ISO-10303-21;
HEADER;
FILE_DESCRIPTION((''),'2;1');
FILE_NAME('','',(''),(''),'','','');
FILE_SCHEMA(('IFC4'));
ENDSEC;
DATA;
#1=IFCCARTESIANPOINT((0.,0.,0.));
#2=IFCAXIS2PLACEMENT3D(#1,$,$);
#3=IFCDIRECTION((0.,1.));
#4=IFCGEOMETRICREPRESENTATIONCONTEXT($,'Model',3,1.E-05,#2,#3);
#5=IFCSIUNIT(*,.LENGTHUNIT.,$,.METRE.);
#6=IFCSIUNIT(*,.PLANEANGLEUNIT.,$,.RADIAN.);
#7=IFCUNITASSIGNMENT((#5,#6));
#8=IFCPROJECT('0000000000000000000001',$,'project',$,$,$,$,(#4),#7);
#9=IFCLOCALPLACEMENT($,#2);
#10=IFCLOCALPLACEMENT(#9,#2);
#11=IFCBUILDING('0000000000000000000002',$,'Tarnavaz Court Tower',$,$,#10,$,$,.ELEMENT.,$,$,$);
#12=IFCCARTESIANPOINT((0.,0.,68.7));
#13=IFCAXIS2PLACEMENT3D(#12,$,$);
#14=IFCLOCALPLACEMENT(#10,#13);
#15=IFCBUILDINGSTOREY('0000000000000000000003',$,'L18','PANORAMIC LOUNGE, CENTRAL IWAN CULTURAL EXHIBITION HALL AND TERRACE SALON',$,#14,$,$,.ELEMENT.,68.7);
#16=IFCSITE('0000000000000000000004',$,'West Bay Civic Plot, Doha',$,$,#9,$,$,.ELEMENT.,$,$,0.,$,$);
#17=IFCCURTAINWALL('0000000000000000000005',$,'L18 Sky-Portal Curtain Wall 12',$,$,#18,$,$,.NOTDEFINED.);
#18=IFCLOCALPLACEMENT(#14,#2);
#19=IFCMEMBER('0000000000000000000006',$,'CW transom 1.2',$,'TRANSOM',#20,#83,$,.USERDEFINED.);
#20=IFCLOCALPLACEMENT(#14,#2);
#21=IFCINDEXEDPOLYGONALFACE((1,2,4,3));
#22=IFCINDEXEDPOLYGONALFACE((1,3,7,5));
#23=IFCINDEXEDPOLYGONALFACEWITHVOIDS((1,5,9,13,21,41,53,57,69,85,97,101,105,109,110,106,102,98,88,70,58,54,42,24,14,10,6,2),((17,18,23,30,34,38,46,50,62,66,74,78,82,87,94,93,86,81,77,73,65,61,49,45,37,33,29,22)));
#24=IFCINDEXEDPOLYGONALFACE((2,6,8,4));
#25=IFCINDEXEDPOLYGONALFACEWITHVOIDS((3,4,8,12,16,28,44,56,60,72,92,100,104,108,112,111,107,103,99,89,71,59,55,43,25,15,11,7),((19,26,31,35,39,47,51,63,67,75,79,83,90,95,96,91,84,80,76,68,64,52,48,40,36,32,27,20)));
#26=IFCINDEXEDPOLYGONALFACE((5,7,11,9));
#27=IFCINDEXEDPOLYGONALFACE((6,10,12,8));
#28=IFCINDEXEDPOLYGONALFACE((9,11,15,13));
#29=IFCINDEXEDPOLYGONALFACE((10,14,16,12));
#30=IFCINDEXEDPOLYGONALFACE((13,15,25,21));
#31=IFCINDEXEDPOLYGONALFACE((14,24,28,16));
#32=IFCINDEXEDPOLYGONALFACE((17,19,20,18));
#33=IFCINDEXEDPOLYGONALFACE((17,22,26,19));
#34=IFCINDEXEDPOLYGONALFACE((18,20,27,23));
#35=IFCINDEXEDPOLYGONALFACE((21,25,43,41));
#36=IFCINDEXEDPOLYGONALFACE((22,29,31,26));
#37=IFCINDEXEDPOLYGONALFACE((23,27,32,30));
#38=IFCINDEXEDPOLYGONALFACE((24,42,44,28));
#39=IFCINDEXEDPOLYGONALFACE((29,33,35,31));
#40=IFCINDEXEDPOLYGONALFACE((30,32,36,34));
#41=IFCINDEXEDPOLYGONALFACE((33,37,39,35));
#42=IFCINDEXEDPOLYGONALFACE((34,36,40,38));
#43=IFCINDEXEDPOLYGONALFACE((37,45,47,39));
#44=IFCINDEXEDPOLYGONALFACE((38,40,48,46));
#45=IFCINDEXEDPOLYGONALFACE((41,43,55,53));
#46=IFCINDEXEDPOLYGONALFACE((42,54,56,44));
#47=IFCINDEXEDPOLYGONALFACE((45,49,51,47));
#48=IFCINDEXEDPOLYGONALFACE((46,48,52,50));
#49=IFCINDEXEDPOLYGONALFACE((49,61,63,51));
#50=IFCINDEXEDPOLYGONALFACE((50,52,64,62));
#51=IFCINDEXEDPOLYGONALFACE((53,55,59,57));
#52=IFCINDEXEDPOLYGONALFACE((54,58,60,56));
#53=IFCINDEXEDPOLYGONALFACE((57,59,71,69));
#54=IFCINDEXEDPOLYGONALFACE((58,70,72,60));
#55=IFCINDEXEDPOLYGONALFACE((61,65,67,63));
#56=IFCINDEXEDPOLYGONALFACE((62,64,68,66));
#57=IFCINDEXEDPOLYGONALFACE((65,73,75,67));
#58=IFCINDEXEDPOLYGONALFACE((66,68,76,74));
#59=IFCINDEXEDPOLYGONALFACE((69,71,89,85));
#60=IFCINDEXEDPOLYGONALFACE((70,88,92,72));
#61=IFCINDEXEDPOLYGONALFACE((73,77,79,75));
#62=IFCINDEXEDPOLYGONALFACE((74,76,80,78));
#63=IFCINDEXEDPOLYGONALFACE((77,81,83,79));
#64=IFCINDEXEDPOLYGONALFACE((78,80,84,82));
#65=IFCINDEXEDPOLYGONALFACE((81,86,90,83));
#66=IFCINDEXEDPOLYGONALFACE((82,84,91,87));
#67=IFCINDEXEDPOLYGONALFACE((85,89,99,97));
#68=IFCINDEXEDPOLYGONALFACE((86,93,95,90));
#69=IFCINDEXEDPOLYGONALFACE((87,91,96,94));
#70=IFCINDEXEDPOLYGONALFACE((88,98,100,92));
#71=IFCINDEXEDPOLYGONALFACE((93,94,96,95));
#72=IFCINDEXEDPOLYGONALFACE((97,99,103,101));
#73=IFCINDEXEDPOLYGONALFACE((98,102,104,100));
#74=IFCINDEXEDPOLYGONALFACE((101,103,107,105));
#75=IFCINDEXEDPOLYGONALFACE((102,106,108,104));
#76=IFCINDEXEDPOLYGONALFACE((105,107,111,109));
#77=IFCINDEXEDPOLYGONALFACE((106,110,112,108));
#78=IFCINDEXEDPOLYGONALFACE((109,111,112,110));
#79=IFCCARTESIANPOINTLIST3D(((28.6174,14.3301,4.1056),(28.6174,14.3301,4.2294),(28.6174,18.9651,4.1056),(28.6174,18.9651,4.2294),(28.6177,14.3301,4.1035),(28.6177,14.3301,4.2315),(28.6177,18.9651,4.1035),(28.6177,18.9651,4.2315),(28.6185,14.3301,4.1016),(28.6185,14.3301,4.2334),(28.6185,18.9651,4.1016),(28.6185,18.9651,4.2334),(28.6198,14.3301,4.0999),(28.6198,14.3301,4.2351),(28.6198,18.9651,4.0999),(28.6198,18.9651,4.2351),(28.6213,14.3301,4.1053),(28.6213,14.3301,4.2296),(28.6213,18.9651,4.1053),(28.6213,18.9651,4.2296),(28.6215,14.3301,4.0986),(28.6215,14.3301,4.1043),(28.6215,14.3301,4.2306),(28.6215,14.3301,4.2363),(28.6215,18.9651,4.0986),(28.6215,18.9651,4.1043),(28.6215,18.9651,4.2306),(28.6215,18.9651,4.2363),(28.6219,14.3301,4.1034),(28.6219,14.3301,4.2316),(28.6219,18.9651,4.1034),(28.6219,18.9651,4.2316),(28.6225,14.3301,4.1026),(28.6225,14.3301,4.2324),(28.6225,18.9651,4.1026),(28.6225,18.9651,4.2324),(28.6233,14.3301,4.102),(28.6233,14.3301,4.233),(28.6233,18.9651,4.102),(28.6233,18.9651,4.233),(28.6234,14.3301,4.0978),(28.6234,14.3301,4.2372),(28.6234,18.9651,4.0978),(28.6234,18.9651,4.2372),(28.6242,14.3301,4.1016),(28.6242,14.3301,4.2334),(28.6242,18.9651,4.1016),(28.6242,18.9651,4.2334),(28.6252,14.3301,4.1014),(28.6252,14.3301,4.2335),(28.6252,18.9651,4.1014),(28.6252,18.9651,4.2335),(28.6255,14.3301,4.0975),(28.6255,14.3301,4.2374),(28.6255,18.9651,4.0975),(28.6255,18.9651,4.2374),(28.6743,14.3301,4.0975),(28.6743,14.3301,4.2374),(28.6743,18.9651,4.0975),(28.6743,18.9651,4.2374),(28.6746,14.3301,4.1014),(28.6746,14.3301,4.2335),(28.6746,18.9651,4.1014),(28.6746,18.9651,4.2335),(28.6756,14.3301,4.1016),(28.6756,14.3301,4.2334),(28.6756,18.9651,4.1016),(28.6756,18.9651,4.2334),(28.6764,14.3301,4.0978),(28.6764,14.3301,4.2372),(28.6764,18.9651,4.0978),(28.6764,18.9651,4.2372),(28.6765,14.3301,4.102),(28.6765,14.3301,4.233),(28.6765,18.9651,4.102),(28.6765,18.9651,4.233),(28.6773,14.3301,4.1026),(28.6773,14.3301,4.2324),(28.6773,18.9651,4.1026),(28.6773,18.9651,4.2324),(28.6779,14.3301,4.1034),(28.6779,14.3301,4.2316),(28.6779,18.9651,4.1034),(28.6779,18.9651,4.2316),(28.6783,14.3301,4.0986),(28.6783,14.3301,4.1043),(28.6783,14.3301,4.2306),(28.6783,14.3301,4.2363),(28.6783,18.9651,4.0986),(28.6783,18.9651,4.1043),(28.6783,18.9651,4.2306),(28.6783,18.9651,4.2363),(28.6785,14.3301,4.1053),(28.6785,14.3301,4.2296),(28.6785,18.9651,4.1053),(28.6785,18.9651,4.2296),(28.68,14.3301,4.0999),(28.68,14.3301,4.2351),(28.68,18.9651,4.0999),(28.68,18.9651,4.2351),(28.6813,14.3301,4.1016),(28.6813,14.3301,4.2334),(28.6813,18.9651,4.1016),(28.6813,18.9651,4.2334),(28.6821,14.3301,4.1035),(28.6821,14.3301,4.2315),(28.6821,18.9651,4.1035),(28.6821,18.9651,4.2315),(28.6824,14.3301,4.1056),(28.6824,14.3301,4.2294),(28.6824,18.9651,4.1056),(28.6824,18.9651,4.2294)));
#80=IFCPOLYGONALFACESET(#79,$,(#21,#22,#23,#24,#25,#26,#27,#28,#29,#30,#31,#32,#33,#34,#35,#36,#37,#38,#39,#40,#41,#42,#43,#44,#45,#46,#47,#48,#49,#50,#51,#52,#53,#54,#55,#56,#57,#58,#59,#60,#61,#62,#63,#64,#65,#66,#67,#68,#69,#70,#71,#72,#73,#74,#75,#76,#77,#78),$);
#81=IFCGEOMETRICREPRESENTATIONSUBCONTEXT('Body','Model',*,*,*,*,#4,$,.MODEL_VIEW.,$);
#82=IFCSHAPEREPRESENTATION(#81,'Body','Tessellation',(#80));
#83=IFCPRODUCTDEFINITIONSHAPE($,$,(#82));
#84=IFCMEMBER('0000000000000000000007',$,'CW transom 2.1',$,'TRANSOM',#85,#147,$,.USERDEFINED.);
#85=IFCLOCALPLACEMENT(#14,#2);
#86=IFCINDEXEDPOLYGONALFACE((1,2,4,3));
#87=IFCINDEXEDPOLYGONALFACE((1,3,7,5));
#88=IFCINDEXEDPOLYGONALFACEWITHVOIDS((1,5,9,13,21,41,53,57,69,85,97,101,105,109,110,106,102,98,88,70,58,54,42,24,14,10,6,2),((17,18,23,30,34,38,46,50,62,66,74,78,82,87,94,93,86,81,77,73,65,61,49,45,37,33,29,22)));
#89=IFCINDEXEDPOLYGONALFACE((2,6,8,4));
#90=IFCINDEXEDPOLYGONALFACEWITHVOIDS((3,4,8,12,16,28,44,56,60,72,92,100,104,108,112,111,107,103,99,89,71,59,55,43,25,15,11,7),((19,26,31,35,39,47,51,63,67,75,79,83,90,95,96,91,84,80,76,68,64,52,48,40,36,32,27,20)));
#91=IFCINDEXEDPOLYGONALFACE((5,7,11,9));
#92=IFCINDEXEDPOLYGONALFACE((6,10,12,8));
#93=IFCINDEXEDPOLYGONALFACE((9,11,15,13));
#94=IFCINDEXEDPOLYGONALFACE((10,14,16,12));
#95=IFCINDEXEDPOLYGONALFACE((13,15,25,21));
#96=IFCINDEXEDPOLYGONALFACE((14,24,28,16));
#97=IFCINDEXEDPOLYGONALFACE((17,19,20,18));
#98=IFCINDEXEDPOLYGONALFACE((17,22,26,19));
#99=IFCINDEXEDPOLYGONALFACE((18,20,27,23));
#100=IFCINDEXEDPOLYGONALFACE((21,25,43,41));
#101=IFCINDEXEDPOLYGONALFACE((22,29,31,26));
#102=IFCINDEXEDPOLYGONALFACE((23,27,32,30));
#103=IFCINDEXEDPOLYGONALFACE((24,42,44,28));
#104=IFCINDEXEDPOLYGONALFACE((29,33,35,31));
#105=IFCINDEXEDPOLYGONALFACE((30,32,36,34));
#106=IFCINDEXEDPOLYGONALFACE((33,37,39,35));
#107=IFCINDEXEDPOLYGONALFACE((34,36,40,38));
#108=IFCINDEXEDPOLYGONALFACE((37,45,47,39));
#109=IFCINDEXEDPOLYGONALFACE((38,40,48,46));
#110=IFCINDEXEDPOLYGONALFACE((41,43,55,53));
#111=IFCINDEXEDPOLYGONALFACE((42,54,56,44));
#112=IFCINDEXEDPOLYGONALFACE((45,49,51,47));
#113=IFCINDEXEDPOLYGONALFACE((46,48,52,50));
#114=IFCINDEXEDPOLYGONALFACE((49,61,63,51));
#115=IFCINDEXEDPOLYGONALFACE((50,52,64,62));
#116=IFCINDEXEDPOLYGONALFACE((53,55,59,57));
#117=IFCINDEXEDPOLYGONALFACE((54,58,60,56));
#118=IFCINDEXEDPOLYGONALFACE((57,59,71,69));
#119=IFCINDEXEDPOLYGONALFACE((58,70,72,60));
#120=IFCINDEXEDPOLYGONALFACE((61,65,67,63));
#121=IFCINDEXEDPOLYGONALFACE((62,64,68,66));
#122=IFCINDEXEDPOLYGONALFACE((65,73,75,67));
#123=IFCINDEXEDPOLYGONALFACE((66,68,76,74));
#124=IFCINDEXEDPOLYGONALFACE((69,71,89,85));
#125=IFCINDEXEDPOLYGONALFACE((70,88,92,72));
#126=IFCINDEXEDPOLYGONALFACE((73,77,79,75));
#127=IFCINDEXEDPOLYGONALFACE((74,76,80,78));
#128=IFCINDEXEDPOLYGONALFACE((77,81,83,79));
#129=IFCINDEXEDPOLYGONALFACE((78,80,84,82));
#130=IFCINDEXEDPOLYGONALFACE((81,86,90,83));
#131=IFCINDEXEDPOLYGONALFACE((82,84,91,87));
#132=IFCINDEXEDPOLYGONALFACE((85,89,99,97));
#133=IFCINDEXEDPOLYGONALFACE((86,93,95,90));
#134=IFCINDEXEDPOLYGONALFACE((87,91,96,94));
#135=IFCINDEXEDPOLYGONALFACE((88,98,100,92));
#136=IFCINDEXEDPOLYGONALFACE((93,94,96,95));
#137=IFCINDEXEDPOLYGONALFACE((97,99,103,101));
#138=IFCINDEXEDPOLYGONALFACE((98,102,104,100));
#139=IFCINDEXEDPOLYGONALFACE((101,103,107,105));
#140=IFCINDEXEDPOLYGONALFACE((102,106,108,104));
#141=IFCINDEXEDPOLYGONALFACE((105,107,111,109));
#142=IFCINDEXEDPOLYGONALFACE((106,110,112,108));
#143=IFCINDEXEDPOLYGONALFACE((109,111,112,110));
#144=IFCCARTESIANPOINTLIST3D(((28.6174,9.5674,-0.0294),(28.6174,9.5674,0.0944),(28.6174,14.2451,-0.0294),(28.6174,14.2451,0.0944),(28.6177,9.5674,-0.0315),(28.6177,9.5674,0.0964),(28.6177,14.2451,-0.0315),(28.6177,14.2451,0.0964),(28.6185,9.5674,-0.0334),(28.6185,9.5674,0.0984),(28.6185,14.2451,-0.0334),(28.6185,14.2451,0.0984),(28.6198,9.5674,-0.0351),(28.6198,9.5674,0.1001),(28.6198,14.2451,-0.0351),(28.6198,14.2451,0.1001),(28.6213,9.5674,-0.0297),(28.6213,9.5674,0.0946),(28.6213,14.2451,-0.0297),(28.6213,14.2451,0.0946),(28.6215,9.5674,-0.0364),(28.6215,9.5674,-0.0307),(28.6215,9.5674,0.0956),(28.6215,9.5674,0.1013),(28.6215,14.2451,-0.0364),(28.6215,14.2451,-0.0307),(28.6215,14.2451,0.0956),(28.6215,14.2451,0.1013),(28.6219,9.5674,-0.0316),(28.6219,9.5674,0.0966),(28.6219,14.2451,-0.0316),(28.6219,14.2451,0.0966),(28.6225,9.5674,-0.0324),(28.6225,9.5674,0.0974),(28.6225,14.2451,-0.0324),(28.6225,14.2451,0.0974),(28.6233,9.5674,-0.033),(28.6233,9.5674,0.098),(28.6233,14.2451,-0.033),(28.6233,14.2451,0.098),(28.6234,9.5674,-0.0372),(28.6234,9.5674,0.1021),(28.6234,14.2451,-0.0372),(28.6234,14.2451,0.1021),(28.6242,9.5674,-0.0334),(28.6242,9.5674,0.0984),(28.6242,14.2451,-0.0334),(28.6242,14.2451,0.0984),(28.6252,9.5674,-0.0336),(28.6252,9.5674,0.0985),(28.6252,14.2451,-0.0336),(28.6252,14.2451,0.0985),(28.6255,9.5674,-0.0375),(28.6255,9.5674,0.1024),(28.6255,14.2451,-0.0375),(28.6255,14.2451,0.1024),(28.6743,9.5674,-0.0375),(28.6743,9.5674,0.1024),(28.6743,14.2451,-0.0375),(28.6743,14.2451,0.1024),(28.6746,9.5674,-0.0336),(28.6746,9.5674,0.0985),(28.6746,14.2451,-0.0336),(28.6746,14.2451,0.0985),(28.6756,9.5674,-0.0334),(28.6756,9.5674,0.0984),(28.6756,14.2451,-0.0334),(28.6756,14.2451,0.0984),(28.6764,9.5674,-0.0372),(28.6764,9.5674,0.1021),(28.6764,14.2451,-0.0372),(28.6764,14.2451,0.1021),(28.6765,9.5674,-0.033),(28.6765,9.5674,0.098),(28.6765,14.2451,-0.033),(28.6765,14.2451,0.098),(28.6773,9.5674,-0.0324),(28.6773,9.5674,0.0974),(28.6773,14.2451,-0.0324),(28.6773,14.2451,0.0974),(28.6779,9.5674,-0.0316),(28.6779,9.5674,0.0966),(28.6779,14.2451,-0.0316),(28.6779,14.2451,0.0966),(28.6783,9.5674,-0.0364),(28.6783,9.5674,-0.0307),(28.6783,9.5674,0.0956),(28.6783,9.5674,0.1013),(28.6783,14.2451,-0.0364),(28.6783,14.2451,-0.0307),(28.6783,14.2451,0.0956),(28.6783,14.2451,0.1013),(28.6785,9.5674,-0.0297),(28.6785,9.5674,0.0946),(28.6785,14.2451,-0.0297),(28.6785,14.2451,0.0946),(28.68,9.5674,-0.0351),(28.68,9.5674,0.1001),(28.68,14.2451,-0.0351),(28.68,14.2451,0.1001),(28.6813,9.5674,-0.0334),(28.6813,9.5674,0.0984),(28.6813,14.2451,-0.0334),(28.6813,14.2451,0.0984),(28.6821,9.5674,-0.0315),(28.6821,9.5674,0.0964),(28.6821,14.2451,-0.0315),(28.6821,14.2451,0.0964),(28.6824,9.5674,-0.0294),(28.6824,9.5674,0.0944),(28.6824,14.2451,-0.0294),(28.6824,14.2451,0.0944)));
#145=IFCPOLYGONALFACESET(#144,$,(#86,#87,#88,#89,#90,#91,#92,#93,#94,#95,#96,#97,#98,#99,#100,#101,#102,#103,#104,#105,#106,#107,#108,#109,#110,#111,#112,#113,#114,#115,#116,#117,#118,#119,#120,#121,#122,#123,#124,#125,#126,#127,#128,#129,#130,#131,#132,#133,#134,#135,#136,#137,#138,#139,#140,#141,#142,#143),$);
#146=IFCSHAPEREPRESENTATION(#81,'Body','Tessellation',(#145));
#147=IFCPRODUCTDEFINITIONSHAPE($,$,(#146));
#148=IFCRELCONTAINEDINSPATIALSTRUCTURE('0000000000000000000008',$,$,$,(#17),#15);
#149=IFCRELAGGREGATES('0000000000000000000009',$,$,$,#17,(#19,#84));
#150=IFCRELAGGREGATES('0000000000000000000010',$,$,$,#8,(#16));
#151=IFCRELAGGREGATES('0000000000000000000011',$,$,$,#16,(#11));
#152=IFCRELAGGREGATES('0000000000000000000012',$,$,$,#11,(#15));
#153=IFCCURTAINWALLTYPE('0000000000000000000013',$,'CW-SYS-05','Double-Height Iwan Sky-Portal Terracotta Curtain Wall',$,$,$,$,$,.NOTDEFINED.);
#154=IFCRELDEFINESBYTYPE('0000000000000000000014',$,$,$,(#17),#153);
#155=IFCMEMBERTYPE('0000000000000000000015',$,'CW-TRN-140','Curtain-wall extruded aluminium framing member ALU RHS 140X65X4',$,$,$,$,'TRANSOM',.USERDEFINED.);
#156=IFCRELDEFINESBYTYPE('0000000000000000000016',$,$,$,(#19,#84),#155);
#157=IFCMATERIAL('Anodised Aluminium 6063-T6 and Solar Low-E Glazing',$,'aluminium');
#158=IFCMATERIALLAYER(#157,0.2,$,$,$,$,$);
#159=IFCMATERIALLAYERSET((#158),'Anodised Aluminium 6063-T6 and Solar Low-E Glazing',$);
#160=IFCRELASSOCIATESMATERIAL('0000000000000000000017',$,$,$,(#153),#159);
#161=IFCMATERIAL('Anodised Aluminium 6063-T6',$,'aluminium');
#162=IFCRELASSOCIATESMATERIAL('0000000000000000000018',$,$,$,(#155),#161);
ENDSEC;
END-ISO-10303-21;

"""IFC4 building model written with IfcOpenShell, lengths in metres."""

from ifc_helpers import new_model, si_unit, direction, frame, origin, origin_2d, place, context, subcontext, project, spatial, hollow_rectangle, extrude, material, layer, layer_set, material_profile, profile_set, type_object, element, aggregate, save


model = new_model("IFC4")

# Units and contexts
model_context = context("Model", 3, precision=1e-05, world=origin(), true_north=direction((0.0, 1.0)))
body_context = subcontext(model_context, "Body", "Model", "MODEL_VIEW")
ifc_project = project(units=[si_unit("LENGTHUNIT", "METRE"), si_unit("PLANEANGLEUNIT", "RADIAN")], contexts=[model_context])

# Site, building, storey
site_placement = place(None, origin())
site = spatial("IfcSite", under=ifc_project, at=site_placement, Name="West Bay Civic Plot, Doha", CompositionType="ELEMENT", RefElevation=0.0)
building_placement = place(site_placement, origin())
building = spatial("IfcBuilding", under=site, at=building_placement, Name="Tarnavaz Court Tower", CompositionType="ELEMENT")
storey_placement = place(building_placement, frame((0.0, 0.0, 68.7)))
storey = spatial("IfcBuildingStorey", under=building, at=storey_placement, Name="L18", Description="PANORAMIC LOUNGE, CENTRAL IWAN CULTURAL EXHIBITION HALL AND TERRACE SALON", CompositionType="ELEMENT", Elevation=68.7)

# Curtain wall, members
ifc_material_1 = material(Name="Anodised Aluminium 6063-T6 and Solar Low-E Glazing", Category="aluminium")
ifc_layer_1 = layer(ifc_material_1, 0.2)
ifc_layer_set_1 = layer_set([ifc_layer_1], Name="Anodised Aluminium 6063-T6 and Solar Low-E Glazing")
curtain_wall_type = type_object("IfcCurtainWallType", Name="CW-SYS-05", Description="Double-Height Iwan Sky-Portal Terracotta Curtain Wall", PredefinedType="NOTDEFINED", material=ifc_layer_set_1)
curtain_wall_placement = place(storey_placement, origin())
curtain_wall = element("IfcCurtainWall", 1, at=curtain_wall_placement, inside=storey, type_object=curtain_wall_type, Name="L18 Sky-Portal Curtain Wall 12", PredefinedType="NOTDEFINED")
ifc_material_2 = material(Name="Anodised Aluminium 6063-T6", Category="aluminium")
ifc_material_profile_1 = material_profile(ifc_material_2, hollow_rectangle(XDim=0.0649, YDim=0.1399, WallThickness=0.0039, InnerFilletRadius=0.0039, OuterFilletRadius=0.0081, at=origin_2d()), Name="ALU RHS 140X65X4")
ifc_profile_set_1 = profile_set([ifc_material_profile_1], Name="Anodised Aluminium 6063-T6")
member_type_1 = type_object("IfcMemberType", Name="CW-TRN-140", Description="Curtain-wall extruded aluminium framing member ALU RHS 140X65X4", ElementType="TRANSOM", PredefinedType="USERDEFINED", material=ifc_profile_set_1)
member_1_placement = place(storey_placement, frame((28.6499, 18.9651, 4.1675), z_axis=(0.0, -1.0, 0.0), x_axis=(1.0, 0.0, 0.0)))
member_1 = element("IfcMember", 2, at=member_1_placement, type_object=member_type_1, Name="CW transom 1.2", ObjectType="TRANSOM", PredefinedType="USERDEFINED", context=body_context, shape_type="SweptSolid", body=[
    extrude(hollow_rectangle(XDim=0.0649, YDim=0.1399, WallThickness=0.0039, InnerFilletRadius=0.0039, OuterFilletRadius=0.0081, at=origin_2d()), origin(), (0.0, 0.0, 1.0), 4.635),
])
member_2_placement = place(storey_placement, frame((28.6499, 14.2451, 0.0325), z_axis=(0.0, -1.0, 0.0), x_axis=(1.0, 0.0, 0.0)))
member_2 = element("IfcMember", 3, at=member_2_placement, type_object=member_type_1, Name="CW transom 2.1", ObjectType="TRANSOM", PredefinedType="USERDEFINED", context=body_context, shape_type="SweptSolid", body=[
    extrude(hollow_rectangle(XDim=0.0649, YDim=0.1399, WallThickness=0.0039, InnerFilletRadius=0.0039, OuterFilletRadius=0.0081, at=origin_2d()), origin(), (0.0, 0.0, 1.0), 4.6777),
])
aggregate(curtain_wall, [member_1, member_2])

save(model, "model.ifc")
